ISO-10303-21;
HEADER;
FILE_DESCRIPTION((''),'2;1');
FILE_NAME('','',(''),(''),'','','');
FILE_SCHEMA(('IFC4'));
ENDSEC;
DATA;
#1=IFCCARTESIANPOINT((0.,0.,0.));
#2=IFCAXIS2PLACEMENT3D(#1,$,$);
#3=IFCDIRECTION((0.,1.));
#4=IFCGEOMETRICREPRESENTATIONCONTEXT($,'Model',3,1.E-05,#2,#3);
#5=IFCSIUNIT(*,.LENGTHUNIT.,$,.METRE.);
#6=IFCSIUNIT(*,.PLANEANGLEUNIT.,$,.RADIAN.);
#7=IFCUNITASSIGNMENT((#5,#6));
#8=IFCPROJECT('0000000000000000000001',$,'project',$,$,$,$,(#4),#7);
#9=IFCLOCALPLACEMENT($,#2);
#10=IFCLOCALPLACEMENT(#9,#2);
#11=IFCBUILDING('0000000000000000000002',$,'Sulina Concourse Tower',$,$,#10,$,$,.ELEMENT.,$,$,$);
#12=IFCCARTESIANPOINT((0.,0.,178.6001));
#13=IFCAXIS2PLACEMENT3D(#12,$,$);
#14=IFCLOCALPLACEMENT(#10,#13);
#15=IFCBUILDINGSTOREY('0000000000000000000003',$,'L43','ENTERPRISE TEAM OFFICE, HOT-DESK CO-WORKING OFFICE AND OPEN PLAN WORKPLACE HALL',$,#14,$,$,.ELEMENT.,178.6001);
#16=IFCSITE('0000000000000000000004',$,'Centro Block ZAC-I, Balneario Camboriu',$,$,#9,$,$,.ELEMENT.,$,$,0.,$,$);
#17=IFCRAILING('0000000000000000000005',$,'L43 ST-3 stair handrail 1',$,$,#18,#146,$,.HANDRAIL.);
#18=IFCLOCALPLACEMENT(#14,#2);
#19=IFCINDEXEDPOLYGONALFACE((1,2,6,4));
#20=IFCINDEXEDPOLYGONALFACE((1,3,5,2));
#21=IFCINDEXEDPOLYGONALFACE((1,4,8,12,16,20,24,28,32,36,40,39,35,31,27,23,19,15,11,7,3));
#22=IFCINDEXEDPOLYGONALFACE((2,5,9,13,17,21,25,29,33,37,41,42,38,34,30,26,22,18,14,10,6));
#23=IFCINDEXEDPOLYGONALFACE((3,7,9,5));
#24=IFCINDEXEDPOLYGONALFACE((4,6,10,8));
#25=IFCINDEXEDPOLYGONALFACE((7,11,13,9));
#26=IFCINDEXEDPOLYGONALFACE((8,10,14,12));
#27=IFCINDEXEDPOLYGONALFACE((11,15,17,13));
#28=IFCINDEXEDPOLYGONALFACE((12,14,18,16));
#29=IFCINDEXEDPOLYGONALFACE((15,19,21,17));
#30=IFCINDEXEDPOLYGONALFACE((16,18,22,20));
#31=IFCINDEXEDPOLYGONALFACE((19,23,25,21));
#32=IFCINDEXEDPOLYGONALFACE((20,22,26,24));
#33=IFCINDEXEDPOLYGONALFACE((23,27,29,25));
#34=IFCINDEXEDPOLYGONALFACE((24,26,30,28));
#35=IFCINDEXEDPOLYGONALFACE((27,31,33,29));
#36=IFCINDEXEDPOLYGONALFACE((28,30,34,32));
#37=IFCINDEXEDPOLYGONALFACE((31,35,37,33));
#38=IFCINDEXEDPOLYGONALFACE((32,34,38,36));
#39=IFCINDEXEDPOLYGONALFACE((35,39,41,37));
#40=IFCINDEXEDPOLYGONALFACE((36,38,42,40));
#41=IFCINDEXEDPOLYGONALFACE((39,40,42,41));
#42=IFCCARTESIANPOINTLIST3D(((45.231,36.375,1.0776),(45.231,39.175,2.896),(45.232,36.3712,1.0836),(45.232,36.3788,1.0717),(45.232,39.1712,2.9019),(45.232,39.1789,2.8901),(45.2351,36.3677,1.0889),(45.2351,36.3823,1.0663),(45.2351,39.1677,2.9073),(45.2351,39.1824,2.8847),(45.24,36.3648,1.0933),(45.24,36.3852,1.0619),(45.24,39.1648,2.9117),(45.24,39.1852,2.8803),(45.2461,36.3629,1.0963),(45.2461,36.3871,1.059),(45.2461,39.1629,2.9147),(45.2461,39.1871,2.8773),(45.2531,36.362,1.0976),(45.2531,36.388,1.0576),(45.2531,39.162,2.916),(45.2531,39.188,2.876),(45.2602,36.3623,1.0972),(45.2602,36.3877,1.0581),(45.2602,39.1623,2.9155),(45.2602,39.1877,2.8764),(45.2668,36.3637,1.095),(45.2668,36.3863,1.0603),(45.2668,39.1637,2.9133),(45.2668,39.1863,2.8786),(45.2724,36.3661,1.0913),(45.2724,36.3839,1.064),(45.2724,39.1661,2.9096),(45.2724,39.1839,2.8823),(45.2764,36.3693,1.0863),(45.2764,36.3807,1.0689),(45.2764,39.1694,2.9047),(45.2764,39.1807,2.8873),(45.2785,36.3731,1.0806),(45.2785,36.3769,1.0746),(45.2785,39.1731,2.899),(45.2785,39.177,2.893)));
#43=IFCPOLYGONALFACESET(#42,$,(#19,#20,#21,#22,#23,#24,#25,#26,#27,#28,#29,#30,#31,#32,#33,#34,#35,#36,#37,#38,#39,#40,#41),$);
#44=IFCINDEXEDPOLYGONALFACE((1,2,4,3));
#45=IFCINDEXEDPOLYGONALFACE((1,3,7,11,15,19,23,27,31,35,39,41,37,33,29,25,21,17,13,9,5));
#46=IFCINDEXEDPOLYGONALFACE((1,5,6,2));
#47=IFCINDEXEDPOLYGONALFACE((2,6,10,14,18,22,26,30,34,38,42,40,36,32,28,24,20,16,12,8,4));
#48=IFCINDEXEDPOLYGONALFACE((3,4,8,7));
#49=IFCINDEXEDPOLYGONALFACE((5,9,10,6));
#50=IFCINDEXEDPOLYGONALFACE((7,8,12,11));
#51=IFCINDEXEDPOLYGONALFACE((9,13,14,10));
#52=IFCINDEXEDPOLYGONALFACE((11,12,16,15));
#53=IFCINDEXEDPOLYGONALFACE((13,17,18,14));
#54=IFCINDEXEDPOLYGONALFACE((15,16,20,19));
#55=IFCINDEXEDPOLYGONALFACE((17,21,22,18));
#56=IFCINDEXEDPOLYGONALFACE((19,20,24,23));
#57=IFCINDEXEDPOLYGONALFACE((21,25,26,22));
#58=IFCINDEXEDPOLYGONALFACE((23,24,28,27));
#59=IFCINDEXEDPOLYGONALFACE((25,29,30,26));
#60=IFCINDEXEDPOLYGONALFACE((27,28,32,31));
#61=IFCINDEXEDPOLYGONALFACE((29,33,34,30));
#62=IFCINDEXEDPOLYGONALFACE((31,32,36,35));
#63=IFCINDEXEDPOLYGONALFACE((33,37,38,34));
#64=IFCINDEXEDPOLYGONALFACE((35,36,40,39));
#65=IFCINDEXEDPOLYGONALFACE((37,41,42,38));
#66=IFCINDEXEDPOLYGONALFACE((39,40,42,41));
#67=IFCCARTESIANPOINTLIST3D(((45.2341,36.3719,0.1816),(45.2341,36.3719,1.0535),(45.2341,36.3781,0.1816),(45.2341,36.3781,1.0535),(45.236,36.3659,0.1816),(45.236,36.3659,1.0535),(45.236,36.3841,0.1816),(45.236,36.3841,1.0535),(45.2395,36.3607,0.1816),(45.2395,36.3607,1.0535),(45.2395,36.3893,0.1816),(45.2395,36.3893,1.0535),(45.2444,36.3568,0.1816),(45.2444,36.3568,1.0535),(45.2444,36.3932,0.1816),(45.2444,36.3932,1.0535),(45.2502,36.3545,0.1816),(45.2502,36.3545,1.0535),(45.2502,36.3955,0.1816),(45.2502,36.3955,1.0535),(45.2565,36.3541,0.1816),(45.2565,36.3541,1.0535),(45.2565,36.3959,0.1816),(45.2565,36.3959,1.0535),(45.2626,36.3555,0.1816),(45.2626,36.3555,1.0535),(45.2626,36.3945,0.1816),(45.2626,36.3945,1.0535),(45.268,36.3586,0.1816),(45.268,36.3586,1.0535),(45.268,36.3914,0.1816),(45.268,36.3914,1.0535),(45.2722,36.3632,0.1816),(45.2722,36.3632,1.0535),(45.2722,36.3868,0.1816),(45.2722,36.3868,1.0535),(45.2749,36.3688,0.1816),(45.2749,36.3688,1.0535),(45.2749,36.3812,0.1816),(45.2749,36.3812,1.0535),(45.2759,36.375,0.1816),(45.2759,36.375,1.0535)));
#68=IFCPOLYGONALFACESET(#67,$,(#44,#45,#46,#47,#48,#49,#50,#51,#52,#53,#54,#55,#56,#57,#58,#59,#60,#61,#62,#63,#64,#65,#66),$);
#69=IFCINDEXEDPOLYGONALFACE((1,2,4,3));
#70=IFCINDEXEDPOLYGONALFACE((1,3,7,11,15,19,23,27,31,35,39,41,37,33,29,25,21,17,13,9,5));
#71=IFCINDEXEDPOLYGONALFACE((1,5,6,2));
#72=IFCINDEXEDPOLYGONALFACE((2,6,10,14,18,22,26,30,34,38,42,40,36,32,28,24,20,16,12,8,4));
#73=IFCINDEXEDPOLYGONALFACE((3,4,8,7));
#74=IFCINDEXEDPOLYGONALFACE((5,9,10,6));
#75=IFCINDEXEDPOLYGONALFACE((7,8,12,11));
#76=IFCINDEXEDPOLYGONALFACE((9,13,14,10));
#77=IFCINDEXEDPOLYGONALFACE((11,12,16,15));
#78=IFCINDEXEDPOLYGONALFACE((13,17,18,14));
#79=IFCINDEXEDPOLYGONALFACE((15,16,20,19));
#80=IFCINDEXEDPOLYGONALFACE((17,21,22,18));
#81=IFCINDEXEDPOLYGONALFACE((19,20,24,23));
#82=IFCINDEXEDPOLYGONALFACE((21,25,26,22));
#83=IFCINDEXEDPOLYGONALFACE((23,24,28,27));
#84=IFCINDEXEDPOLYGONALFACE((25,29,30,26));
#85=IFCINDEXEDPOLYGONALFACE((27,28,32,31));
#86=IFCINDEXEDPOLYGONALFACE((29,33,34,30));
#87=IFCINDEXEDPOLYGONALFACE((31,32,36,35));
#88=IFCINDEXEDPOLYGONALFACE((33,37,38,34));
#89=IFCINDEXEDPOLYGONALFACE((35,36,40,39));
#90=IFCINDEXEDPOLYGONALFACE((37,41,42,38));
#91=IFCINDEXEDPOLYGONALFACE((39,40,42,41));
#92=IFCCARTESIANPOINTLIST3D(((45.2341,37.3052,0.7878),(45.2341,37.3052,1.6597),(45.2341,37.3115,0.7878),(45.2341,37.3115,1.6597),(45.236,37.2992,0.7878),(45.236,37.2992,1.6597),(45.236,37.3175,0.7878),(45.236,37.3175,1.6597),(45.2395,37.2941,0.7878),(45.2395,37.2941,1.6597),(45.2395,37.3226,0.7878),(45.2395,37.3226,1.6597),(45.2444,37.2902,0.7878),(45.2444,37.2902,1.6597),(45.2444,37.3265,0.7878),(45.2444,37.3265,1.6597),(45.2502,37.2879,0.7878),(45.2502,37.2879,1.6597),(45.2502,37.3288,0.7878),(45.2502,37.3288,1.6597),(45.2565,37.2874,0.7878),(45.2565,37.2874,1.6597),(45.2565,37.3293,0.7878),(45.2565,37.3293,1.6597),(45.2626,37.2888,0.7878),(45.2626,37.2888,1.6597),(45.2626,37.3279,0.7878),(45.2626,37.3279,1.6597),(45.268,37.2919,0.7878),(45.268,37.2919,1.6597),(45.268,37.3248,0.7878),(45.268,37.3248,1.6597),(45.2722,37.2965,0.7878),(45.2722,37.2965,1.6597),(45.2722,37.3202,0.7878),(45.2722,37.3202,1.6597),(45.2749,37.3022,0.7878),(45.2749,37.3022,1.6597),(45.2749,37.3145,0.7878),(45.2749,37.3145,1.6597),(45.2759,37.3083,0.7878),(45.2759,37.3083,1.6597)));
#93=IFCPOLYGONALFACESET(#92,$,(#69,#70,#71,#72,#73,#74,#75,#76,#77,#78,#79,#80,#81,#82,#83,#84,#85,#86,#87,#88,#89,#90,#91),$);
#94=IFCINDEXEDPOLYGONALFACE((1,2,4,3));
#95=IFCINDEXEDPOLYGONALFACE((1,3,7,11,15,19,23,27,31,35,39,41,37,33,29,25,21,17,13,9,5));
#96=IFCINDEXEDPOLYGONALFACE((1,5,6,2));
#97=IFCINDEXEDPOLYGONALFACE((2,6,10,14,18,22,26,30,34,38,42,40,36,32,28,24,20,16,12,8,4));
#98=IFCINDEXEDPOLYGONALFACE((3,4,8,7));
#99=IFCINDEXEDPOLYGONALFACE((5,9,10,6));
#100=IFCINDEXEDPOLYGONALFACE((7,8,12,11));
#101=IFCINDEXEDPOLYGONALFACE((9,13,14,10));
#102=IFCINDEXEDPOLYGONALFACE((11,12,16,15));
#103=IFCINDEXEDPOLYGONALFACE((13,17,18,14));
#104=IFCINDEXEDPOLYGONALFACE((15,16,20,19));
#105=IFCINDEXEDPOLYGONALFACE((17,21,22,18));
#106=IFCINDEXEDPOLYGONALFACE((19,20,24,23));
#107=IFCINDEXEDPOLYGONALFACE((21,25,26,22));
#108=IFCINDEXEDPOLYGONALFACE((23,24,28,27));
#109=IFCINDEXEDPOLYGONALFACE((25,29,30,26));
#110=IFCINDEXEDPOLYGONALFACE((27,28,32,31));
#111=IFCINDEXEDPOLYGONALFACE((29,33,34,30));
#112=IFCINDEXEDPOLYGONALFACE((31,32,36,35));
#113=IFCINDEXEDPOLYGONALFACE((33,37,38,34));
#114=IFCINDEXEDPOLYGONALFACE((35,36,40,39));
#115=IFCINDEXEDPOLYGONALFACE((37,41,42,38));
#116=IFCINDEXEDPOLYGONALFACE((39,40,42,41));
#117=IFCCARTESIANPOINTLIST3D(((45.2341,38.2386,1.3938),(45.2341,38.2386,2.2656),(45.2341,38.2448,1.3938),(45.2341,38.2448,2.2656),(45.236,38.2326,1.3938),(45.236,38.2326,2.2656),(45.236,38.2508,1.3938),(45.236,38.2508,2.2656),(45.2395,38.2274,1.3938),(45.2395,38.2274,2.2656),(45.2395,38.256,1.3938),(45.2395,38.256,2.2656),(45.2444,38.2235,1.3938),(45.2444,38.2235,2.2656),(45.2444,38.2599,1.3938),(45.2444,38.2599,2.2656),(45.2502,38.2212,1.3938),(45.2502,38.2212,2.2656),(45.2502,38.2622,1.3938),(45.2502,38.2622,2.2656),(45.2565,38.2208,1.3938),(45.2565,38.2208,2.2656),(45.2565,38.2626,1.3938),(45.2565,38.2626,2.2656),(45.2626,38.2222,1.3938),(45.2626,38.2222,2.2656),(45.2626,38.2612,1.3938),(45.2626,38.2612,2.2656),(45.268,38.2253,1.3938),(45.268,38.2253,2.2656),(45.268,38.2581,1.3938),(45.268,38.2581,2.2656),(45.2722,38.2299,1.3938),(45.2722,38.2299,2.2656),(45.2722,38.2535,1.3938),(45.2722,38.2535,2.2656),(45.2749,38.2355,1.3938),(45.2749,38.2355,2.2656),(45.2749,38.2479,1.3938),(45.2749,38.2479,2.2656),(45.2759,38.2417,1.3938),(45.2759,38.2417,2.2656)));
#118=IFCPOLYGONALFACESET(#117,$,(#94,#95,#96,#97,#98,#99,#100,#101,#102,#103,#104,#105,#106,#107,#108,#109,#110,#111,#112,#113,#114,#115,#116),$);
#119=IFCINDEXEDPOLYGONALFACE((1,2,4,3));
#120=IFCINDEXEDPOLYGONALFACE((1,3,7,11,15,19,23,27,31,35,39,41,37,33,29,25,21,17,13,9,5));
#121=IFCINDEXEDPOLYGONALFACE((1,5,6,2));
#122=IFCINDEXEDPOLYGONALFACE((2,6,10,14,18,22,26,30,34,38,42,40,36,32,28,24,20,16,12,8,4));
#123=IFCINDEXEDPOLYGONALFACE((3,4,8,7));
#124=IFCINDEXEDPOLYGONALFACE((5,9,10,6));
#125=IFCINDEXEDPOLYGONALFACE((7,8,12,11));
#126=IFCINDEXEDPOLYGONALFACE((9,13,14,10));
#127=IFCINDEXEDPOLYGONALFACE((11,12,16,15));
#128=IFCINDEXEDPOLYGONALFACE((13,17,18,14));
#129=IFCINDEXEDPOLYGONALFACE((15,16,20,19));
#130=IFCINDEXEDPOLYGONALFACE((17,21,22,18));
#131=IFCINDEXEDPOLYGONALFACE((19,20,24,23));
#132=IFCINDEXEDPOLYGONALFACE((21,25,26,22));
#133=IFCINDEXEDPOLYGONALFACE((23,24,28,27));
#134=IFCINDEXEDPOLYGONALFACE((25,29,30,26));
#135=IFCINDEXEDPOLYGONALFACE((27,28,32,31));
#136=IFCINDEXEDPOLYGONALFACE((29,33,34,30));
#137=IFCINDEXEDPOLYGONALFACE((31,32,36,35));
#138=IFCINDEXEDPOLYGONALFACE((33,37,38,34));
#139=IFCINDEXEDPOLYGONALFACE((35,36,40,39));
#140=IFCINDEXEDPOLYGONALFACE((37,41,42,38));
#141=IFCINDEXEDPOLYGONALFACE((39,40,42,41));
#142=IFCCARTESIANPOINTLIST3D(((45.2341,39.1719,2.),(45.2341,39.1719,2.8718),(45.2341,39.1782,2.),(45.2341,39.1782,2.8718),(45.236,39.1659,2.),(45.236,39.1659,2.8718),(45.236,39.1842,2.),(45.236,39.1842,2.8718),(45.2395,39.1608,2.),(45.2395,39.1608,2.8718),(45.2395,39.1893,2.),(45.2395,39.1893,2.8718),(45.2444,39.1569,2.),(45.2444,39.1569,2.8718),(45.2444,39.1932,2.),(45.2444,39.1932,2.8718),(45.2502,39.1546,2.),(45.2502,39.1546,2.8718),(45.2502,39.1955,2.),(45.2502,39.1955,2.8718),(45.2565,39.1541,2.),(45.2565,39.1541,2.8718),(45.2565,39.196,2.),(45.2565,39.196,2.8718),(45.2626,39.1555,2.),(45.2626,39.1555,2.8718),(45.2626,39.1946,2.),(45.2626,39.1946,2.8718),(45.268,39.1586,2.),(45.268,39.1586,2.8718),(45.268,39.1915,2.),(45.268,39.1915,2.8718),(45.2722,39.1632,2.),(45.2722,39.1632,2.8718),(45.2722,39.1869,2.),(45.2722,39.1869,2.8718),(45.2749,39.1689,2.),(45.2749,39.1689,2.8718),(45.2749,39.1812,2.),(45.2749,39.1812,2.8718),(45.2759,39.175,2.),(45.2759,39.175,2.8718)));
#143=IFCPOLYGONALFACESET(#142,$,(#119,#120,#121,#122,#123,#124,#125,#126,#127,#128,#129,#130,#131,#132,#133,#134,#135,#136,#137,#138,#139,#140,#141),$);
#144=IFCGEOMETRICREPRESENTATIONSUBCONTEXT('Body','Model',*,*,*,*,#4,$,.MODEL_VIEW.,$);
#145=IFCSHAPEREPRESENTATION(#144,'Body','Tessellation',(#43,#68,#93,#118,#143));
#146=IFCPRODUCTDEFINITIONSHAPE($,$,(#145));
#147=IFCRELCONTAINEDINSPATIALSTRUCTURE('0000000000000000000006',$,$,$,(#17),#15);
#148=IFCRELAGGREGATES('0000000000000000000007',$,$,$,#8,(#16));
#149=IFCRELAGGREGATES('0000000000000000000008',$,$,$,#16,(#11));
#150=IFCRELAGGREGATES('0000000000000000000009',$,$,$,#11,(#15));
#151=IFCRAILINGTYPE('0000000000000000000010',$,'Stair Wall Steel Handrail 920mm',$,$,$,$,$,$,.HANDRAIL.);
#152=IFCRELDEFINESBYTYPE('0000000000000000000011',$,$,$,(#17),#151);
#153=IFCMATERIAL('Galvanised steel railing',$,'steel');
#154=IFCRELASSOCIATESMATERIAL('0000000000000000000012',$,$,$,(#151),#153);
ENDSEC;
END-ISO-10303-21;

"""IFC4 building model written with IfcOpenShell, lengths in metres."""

from ifc_helpers import new_model, si_unit, direction, frame, origin, origin_2d, place, context, subcontext, project, spatial, circle, extrude, material, type_object, element, save


model = new_model("IFC4")

# Units and contexts
model_context = context("Model", 3, precision=1e-05, world=origin(), true_north=direction((0.0, 1.0)))
body_context = subcontext(model_context, "Body", "Model", "MODEL_VIEW")
ifc_project = project(units=[si_unit("LENGTHUNIT", "METRE"), si_unit("PLANEANGLEUNIT", "RADIAN")], contexts=[model_context])

# Site, building, storey
site_placement = place(None, origin())
site = spatial("IfcSite", under=ifc_project, at=site_placement, Name="Centro Block ZAC-I, Balneario Camboriu", CompositionType="ELEMENT", RefElevation=0.0)
building_placement = place(site_placement, origin())
building = spatial("IfcBuilding", under=site, at=building_placement, Name="Sulina Concourse Tower", CompositionType="ELEMENT")
storey_placement = place(building_placement, frame((0.0, 0.0, 178.6001)))
storey = spatial("IfcBuildingStorey", under=building, at=storey_placement, Name="L43", Description="ENTERPRISE TEAM OFFICE, HOT-DESK CO-WORKING OFFICE AND OPEN PLAN WORKPLACE HALL", CompositionType="ELEMENT", Elevation=178.6001)

# Railing
ifc_material_1 = material(Name="Galvanised steel railing", Category="steel")
railing_type_1 = type_object("IfcRailingType", Name="Stair Wall Steel Handrail 920mm", PredefinedType="HANDRAIL", material=ifc_material_1)
railing_1_placement = place(storey_placement, frame((45.2549, 36.375, 0.1816)))
element("IfcRailing", 1, at=railing_1_placement, inside=storey, type_object=railing_type_1, Name="L43 ST-3 stair handrail 1", PredefinedType="HANDRAIL", context=body_context, shape_type="SweptSolid", body=[
    extrude(circle(Radius=0.0239, at=origin_2d()), frame((0.0, 0.0, 0.896), z_axis=(0.0, 0.838672, 0.544636), x_axis=(-1.0, 0.0, 0.0)), (0.0, 0.0, 1.0), 3.3386),
    extrude(circle(Radius=0.021, at=origin_2d()), origin(), (0.0, 0.0, 1.0), 0.8718),
    extrude(circle(Radius=0.021, at=origin_2d()), frame((0.0, 0.9333, 0.6062)), (0.0, 0.0, 1.0), 0.8718),
    extrude(circle(Radius=0.021, at=origin_2d()), frame((0.0, 1.8667, 1.2122)), (0.0, 0.0, 1.0), 0.8718),
    extrude(circle(Radius=0.021, at=origin_2d()), frame((0.0, 2.8, 1.8184)), (0.0, 0.0, 1.0), 0.8718),
])

save(model, "model.ifc")
